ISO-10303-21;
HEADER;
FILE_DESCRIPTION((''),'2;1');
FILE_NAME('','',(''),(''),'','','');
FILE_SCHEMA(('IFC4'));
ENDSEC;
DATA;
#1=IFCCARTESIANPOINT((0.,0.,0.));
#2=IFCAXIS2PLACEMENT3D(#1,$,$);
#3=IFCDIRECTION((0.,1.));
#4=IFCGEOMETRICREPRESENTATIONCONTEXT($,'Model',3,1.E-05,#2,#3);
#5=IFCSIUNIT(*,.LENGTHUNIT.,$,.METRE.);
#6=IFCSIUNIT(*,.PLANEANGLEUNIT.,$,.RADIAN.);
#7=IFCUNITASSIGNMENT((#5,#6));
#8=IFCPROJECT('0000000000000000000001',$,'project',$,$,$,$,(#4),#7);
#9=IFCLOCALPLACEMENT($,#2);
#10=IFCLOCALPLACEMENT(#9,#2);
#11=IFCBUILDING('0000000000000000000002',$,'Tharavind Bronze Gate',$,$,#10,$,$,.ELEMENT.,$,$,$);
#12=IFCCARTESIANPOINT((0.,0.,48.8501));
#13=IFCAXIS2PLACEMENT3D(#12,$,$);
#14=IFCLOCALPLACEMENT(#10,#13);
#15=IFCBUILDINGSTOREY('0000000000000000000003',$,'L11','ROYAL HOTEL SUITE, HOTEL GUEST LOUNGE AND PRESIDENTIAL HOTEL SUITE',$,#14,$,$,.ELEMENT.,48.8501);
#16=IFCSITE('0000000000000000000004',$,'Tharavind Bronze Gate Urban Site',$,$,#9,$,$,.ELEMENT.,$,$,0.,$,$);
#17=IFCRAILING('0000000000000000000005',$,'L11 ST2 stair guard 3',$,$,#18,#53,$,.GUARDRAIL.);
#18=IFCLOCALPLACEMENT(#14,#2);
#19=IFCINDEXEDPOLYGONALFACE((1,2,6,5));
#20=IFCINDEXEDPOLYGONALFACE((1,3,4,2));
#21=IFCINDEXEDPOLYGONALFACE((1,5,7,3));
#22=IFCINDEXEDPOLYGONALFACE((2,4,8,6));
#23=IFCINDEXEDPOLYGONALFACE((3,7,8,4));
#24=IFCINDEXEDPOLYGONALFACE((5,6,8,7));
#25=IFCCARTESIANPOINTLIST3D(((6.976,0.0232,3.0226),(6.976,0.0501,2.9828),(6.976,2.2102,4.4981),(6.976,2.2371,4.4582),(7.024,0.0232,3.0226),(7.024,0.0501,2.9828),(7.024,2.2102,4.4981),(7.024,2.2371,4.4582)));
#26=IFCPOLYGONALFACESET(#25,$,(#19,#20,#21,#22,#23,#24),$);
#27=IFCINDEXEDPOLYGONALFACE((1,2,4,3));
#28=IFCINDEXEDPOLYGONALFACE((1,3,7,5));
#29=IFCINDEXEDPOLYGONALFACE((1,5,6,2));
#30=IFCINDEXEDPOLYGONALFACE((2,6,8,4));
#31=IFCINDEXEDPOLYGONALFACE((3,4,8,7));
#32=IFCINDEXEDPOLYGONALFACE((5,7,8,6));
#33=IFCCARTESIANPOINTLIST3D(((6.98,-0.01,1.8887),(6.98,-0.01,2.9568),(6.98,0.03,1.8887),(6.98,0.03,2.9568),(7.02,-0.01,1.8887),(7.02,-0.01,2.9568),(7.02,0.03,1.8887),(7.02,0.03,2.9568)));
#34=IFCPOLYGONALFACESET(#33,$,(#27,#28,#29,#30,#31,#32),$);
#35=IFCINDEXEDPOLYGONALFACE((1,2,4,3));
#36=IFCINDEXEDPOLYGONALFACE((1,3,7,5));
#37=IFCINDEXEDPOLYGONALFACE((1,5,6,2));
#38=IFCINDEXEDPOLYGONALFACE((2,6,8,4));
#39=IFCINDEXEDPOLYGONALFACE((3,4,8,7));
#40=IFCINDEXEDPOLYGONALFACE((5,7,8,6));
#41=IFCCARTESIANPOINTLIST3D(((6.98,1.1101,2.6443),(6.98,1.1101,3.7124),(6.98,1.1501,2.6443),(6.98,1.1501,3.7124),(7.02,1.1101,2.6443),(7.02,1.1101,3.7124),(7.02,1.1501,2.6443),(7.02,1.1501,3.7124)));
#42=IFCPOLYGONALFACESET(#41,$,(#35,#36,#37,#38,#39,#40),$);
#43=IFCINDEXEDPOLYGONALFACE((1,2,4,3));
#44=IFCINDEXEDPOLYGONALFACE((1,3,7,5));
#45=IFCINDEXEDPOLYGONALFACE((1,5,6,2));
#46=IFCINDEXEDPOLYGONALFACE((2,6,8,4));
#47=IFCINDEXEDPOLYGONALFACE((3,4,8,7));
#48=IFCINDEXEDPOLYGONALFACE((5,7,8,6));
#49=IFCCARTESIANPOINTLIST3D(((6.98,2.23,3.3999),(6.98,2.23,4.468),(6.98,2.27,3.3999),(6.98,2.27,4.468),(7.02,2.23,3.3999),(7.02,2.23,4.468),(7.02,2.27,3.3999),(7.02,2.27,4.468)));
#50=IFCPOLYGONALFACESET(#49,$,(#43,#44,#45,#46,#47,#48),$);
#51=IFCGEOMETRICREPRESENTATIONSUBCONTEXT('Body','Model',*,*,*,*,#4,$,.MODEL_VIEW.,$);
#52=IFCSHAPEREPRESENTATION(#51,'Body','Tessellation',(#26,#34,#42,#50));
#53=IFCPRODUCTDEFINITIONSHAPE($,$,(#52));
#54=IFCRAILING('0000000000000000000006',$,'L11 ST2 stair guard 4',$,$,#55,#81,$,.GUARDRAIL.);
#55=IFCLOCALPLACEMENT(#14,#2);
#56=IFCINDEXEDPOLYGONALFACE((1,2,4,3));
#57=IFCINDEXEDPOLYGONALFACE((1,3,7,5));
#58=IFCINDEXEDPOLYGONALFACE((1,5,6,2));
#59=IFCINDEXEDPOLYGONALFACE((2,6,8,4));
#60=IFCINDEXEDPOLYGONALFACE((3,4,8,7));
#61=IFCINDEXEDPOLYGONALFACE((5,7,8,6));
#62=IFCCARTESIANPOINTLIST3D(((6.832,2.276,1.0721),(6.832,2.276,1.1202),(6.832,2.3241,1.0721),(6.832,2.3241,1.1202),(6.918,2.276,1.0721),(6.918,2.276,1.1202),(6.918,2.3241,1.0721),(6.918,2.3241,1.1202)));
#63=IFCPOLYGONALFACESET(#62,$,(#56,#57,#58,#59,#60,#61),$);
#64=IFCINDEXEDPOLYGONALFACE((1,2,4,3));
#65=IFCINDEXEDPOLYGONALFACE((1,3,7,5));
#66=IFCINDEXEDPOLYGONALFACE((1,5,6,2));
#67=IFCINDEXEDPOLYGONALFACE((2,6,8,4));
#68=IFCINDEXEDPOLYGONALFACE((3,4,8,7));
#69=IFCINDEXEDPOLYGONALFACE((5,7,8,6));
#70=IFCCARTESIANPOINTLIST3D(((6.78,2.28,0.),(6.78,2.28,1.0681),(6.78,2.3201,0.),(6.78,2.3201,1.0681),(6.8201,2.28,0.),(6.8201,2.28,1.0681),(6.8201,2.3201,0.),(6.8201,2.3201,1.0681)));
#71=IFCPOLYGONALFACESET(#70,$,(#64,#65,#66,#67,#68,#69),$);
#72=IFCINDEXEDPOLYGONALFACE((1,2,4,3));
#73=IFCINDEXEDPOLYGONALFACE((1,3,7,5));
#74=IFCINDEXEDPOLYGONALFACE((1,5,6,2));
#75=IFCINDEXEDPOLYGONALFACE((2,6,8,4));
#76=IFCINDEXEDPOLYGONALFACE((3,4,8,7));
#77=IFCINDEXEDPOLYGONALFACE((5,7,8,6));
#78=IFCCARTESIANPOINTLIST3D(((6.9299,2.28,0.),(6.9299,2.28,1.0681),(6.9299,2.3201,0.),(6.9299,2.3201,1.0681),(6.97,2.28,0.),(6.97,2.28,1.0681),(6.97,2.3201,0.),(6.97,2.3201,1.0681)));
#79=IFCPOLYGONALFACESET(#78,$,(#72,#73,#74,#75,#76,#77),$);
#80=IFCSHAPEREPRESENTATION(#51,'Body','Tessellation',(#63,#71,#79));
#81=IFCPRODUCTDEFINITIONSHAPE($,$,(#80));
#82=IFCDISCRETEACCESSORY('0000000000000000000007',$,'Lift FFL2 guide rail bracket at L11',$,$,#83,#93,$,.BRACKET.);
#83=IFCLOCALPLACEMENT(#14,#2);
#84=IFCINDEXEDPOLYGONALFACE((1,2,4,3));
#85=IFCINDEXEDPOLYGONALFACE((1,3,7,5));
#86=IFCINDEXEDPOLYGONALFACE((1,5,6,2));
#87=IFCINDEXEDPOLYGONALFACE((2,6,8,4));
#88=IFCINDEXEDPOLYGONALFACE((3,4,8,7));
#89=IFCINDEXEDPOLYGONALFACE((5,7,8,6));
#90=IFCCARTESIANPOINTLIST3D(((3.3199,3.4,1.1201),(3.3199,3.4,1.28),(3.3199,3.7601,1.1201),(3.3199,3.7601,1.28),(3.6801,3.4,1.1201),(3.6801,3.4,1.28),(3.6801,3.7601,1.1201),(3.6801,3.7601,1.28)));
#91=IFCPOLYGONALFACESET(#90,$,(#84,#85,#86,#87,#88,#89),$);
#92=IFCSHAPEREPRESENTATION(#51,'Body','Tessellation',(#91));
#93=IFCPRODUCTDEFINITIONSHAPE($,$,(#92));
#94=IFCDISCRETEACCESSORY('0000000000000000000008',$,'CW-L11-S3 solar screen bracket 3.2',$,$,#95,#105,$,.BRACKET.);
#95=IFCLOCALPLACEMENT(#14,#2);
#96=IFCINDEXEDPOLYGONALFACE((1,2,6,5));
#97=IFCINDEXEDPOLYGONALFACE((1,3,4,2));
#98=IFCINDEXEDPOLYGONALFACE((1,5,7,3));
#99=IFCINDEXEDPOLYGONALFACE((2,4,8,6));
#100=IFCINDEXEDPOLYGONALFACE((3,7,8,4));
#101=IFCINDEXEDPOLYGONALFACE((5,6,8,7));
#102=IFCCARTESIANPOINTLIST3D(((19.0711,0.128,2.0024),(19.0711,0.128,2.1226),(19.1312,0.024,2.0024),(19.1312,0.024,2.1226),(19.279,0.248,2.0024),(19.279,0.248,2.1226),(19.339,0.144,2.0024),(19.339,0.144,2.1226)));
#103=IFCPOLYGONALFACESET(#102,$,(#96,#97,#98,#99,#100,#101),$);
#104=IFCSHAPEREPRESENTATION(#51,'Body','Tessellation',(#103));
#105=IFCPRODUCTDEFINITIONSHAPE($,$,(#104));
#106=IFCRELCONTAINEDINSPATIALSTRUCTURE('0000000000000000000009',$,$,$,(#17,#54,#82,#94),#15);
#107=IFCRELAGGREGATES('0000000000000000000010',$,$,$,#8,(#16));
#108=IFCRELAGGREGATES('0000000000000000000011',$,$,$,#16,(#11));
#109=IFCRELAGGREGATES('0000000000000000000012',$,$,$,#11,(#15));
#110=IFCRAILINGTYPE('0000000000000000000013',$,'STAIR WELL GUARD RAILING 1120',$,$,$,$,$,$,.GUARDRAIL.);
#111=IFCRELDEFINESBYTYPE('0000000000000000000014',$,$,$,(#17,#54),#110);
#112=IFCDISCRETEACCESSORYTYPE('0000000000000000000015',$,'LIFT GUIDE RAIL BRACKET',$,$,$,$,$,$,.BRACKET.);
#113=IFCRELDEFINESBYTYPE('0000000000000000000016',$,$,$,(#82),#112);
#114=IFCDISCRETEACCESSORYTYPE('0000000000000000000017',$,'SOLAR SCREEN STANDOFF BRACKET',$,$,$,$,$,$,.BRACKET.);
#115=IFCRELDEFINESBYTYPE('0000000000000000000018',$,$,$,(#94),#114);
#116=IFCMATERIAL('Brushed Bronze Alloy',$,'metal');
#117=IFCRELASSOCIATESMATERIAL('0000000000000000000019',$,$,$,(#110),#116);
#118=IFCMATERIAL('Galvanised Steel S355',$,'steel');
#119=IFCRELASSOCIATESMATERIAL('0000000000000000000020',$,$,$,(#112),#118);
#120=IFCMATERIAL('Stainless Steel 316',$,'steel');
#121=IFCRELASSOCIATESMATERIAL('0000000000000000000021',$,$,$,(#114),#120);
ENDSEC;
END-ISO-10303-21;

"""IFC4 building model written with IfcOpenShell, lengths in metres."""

from ifc_helpers import new_model, si_unit, direction, frame, origin, origin_2d, place, context, subcontext, project, spatial, rectangle, extrude, material, type_object, element, save


model = new_model("IFC4")

# Units and contexts
model_context = context("Model", 3, precision=1e-05, world=origin(), true_north=direction((0.0, 1.0)))
body_context = subcontext(model_context, "Body", "Model", "MODEL_VIEW")
ifc_project = project(units=[si_unit("LENGTHUNIT", "METRE"), si_unit("PLANEANGLEUNIT", "RADIAN")], contexts=[model_context])

# Site, building, storey
site_placement = place(None, origin())
site = spatial("IfcSite", under=ifc_project, at=site_placement, Name="Tharavind Bronze Gate Urban Site", CompositionType="ELEMENT", RefElevation=0.0)
building_placement = place(site_placement, origin())
building = spatial("IfcBuilding", under=site, at=building_placement, Name="Tharavind Bronze Gate", CompositionType="ELEMENT")
storey_placement = place(building_placement, frame((0.0, 0.0, 48.8501)))
storey = spatial("IfcBuildingStorey", under=building, at=storey_placement, Name="L11", Description="ROYAL HOTEL SUITE, HOTEL GUEST LOUNGE AND PRESIDENTIAL HOTEL SUITE", CompositionType="ELEMENT", Elevation=48.8501)

# Railings
ifc_material_1 = material(Name="Brushed Bronze Alloy", Category="metal")
railing_type_1 = type_object("IfcRailingType", Name="STAIR WELL GUARD RAILING 1120", PredefinedType="GUARDRAIL", material=ifc_material_1)
railing_1_placement = place(storey_placement, frame((7.0, 0.01, 1.8887)))
element("IfcRailing", 1, at=railing_1_placement, inside=storey, type_object=railing_type_1, Name="L11 ST2 stair guard 3", PredefinedType="GUARDRAIL", context=body_context, shape_type="SweptSolid", body=[
    extrude(rectangle(XDim=0.0481, YDim=0.0481, at=origin_2d()), frame((0.0, 0.0266, 1.114), z_axis=(0.0, 0.82898, 0.559279), x_axis=(-1.0, 0.0, 0.0)), (0.0, 0.0, 1.0), 2.6382),
    extrude(rectangle(XDim=0.04, YDim=0.04, at=origin_2d()), origin(), (0.0, 0.0, 1.0), 1.0681),
    extrude(rectangle(XDim=0.04, YDim=0.04, at=origin_2d()), frame((0.0, 1.1201, 0.7556)), (0.0, 0.0, 1.0), 1.0681),
    extrude(rectangle(XDim=0.04, YDim=0.04, at=origin_2d()), frame((0.0, 2.24, 1.5112)), (0.0, 0.0, 1.0), 1.0681),
])
railing_2_placement = place(storey_placement, frame((6.8, 2.3, 0.0)))
element("IfcRailing", 2, at=railing_2_placement, inside=storey, type_object=railing_type_1, Name="L11 ST2 stair guard 4", PredefinedType="GUARDRAIL", context=body_context, shape_type="SweptSolid", body=[
    extrude(rectangle(XDim=0.0481, YDim=0.0481, at=origin_2d()), frame((0.032, 0.0, 1.0962), z_axis=(1.0, 0.0, 0.0), x_axis=(0.0, 1.0, 0.0)), (0.0, 0.0, 1.0), 0.0859),
    extrude(rectangle(XDim=0.04, YDim=0.04, at=origin_2d()), origin(), (0.0, 0.0, 1.0), 1.0681),
    extrude(rectangle(XDim=0.04, YDim=0.04, at=origin_2d()), frame((0.1499, 0.0, 0.0)), (0.0, 0.0, 1.0), 1.0681),
])

# Discrete accessories
ifc_material_2 = material(Name="Galvanised Steel S355", Category="steel")
discrete_accessory_type_1 = type_object("IfcDiscreteAccessoryType", Name="LIFT GUIDE RAIL BRACKET", PredefinedType="BRACKET", material=ifc_material_2)
discrete_accessory_1_placement = place(storey_placement, frame((3.5, 3.5801, 1.1201), z_axis=(0.0, 0.0, 1.0), x_axis=(1.0, 0.0, 0.0)))
element("IfcDiscreteAccessory", 3, at=discrete_accessory_1_placement, inside=storey, type_object=discrete_accessory_type_1, Name="Lift FFL2 guide rail bracket at L11", PredefinedType="BRACKET", context=body_context, shape_type="SweptSolid", body=[
    extrude(rectangle(XDim=0.3601, YDim=0.3601, at=origin_2d()), origin(), (0.0, 0.0, 1.0), 0.1599),
])
ifc_material_3 = material(Name="Stainless Steel 316", Category="steel")
discrete_accessory_type_2 = type_object("IfcDiscreteAccessoryType", Name="SOLAR SCREEN STANDOFF BRACKET", PredefinedType="BRACKET", material=ifc_material_3)
discrete_accessory_2_placement = place(storey_placement, frame((19.2051, 0.136, 2.0024), z_axis=(0.0, 0.0, 1.0), x_axis=(-0.500002, 0.866025, 0.0)))
element("IfcDiscreteAccessory", 4, at=discrete_accessory_2_placement, inside=storey, type_object=discrete_accessory_type_2, Name="CW-L11-S3 solar screen bracket 3.2", PredefinedType="BRACKET", context=body_context, shape_type="SweptSolid", body=[
    extrude(rectangle(XDim=0.1201, YDim=0.24, at=origin_2d()), origin(), (0.0, 0.0, 1.0), 0.1201),
])

save(model, "model.ifc")
